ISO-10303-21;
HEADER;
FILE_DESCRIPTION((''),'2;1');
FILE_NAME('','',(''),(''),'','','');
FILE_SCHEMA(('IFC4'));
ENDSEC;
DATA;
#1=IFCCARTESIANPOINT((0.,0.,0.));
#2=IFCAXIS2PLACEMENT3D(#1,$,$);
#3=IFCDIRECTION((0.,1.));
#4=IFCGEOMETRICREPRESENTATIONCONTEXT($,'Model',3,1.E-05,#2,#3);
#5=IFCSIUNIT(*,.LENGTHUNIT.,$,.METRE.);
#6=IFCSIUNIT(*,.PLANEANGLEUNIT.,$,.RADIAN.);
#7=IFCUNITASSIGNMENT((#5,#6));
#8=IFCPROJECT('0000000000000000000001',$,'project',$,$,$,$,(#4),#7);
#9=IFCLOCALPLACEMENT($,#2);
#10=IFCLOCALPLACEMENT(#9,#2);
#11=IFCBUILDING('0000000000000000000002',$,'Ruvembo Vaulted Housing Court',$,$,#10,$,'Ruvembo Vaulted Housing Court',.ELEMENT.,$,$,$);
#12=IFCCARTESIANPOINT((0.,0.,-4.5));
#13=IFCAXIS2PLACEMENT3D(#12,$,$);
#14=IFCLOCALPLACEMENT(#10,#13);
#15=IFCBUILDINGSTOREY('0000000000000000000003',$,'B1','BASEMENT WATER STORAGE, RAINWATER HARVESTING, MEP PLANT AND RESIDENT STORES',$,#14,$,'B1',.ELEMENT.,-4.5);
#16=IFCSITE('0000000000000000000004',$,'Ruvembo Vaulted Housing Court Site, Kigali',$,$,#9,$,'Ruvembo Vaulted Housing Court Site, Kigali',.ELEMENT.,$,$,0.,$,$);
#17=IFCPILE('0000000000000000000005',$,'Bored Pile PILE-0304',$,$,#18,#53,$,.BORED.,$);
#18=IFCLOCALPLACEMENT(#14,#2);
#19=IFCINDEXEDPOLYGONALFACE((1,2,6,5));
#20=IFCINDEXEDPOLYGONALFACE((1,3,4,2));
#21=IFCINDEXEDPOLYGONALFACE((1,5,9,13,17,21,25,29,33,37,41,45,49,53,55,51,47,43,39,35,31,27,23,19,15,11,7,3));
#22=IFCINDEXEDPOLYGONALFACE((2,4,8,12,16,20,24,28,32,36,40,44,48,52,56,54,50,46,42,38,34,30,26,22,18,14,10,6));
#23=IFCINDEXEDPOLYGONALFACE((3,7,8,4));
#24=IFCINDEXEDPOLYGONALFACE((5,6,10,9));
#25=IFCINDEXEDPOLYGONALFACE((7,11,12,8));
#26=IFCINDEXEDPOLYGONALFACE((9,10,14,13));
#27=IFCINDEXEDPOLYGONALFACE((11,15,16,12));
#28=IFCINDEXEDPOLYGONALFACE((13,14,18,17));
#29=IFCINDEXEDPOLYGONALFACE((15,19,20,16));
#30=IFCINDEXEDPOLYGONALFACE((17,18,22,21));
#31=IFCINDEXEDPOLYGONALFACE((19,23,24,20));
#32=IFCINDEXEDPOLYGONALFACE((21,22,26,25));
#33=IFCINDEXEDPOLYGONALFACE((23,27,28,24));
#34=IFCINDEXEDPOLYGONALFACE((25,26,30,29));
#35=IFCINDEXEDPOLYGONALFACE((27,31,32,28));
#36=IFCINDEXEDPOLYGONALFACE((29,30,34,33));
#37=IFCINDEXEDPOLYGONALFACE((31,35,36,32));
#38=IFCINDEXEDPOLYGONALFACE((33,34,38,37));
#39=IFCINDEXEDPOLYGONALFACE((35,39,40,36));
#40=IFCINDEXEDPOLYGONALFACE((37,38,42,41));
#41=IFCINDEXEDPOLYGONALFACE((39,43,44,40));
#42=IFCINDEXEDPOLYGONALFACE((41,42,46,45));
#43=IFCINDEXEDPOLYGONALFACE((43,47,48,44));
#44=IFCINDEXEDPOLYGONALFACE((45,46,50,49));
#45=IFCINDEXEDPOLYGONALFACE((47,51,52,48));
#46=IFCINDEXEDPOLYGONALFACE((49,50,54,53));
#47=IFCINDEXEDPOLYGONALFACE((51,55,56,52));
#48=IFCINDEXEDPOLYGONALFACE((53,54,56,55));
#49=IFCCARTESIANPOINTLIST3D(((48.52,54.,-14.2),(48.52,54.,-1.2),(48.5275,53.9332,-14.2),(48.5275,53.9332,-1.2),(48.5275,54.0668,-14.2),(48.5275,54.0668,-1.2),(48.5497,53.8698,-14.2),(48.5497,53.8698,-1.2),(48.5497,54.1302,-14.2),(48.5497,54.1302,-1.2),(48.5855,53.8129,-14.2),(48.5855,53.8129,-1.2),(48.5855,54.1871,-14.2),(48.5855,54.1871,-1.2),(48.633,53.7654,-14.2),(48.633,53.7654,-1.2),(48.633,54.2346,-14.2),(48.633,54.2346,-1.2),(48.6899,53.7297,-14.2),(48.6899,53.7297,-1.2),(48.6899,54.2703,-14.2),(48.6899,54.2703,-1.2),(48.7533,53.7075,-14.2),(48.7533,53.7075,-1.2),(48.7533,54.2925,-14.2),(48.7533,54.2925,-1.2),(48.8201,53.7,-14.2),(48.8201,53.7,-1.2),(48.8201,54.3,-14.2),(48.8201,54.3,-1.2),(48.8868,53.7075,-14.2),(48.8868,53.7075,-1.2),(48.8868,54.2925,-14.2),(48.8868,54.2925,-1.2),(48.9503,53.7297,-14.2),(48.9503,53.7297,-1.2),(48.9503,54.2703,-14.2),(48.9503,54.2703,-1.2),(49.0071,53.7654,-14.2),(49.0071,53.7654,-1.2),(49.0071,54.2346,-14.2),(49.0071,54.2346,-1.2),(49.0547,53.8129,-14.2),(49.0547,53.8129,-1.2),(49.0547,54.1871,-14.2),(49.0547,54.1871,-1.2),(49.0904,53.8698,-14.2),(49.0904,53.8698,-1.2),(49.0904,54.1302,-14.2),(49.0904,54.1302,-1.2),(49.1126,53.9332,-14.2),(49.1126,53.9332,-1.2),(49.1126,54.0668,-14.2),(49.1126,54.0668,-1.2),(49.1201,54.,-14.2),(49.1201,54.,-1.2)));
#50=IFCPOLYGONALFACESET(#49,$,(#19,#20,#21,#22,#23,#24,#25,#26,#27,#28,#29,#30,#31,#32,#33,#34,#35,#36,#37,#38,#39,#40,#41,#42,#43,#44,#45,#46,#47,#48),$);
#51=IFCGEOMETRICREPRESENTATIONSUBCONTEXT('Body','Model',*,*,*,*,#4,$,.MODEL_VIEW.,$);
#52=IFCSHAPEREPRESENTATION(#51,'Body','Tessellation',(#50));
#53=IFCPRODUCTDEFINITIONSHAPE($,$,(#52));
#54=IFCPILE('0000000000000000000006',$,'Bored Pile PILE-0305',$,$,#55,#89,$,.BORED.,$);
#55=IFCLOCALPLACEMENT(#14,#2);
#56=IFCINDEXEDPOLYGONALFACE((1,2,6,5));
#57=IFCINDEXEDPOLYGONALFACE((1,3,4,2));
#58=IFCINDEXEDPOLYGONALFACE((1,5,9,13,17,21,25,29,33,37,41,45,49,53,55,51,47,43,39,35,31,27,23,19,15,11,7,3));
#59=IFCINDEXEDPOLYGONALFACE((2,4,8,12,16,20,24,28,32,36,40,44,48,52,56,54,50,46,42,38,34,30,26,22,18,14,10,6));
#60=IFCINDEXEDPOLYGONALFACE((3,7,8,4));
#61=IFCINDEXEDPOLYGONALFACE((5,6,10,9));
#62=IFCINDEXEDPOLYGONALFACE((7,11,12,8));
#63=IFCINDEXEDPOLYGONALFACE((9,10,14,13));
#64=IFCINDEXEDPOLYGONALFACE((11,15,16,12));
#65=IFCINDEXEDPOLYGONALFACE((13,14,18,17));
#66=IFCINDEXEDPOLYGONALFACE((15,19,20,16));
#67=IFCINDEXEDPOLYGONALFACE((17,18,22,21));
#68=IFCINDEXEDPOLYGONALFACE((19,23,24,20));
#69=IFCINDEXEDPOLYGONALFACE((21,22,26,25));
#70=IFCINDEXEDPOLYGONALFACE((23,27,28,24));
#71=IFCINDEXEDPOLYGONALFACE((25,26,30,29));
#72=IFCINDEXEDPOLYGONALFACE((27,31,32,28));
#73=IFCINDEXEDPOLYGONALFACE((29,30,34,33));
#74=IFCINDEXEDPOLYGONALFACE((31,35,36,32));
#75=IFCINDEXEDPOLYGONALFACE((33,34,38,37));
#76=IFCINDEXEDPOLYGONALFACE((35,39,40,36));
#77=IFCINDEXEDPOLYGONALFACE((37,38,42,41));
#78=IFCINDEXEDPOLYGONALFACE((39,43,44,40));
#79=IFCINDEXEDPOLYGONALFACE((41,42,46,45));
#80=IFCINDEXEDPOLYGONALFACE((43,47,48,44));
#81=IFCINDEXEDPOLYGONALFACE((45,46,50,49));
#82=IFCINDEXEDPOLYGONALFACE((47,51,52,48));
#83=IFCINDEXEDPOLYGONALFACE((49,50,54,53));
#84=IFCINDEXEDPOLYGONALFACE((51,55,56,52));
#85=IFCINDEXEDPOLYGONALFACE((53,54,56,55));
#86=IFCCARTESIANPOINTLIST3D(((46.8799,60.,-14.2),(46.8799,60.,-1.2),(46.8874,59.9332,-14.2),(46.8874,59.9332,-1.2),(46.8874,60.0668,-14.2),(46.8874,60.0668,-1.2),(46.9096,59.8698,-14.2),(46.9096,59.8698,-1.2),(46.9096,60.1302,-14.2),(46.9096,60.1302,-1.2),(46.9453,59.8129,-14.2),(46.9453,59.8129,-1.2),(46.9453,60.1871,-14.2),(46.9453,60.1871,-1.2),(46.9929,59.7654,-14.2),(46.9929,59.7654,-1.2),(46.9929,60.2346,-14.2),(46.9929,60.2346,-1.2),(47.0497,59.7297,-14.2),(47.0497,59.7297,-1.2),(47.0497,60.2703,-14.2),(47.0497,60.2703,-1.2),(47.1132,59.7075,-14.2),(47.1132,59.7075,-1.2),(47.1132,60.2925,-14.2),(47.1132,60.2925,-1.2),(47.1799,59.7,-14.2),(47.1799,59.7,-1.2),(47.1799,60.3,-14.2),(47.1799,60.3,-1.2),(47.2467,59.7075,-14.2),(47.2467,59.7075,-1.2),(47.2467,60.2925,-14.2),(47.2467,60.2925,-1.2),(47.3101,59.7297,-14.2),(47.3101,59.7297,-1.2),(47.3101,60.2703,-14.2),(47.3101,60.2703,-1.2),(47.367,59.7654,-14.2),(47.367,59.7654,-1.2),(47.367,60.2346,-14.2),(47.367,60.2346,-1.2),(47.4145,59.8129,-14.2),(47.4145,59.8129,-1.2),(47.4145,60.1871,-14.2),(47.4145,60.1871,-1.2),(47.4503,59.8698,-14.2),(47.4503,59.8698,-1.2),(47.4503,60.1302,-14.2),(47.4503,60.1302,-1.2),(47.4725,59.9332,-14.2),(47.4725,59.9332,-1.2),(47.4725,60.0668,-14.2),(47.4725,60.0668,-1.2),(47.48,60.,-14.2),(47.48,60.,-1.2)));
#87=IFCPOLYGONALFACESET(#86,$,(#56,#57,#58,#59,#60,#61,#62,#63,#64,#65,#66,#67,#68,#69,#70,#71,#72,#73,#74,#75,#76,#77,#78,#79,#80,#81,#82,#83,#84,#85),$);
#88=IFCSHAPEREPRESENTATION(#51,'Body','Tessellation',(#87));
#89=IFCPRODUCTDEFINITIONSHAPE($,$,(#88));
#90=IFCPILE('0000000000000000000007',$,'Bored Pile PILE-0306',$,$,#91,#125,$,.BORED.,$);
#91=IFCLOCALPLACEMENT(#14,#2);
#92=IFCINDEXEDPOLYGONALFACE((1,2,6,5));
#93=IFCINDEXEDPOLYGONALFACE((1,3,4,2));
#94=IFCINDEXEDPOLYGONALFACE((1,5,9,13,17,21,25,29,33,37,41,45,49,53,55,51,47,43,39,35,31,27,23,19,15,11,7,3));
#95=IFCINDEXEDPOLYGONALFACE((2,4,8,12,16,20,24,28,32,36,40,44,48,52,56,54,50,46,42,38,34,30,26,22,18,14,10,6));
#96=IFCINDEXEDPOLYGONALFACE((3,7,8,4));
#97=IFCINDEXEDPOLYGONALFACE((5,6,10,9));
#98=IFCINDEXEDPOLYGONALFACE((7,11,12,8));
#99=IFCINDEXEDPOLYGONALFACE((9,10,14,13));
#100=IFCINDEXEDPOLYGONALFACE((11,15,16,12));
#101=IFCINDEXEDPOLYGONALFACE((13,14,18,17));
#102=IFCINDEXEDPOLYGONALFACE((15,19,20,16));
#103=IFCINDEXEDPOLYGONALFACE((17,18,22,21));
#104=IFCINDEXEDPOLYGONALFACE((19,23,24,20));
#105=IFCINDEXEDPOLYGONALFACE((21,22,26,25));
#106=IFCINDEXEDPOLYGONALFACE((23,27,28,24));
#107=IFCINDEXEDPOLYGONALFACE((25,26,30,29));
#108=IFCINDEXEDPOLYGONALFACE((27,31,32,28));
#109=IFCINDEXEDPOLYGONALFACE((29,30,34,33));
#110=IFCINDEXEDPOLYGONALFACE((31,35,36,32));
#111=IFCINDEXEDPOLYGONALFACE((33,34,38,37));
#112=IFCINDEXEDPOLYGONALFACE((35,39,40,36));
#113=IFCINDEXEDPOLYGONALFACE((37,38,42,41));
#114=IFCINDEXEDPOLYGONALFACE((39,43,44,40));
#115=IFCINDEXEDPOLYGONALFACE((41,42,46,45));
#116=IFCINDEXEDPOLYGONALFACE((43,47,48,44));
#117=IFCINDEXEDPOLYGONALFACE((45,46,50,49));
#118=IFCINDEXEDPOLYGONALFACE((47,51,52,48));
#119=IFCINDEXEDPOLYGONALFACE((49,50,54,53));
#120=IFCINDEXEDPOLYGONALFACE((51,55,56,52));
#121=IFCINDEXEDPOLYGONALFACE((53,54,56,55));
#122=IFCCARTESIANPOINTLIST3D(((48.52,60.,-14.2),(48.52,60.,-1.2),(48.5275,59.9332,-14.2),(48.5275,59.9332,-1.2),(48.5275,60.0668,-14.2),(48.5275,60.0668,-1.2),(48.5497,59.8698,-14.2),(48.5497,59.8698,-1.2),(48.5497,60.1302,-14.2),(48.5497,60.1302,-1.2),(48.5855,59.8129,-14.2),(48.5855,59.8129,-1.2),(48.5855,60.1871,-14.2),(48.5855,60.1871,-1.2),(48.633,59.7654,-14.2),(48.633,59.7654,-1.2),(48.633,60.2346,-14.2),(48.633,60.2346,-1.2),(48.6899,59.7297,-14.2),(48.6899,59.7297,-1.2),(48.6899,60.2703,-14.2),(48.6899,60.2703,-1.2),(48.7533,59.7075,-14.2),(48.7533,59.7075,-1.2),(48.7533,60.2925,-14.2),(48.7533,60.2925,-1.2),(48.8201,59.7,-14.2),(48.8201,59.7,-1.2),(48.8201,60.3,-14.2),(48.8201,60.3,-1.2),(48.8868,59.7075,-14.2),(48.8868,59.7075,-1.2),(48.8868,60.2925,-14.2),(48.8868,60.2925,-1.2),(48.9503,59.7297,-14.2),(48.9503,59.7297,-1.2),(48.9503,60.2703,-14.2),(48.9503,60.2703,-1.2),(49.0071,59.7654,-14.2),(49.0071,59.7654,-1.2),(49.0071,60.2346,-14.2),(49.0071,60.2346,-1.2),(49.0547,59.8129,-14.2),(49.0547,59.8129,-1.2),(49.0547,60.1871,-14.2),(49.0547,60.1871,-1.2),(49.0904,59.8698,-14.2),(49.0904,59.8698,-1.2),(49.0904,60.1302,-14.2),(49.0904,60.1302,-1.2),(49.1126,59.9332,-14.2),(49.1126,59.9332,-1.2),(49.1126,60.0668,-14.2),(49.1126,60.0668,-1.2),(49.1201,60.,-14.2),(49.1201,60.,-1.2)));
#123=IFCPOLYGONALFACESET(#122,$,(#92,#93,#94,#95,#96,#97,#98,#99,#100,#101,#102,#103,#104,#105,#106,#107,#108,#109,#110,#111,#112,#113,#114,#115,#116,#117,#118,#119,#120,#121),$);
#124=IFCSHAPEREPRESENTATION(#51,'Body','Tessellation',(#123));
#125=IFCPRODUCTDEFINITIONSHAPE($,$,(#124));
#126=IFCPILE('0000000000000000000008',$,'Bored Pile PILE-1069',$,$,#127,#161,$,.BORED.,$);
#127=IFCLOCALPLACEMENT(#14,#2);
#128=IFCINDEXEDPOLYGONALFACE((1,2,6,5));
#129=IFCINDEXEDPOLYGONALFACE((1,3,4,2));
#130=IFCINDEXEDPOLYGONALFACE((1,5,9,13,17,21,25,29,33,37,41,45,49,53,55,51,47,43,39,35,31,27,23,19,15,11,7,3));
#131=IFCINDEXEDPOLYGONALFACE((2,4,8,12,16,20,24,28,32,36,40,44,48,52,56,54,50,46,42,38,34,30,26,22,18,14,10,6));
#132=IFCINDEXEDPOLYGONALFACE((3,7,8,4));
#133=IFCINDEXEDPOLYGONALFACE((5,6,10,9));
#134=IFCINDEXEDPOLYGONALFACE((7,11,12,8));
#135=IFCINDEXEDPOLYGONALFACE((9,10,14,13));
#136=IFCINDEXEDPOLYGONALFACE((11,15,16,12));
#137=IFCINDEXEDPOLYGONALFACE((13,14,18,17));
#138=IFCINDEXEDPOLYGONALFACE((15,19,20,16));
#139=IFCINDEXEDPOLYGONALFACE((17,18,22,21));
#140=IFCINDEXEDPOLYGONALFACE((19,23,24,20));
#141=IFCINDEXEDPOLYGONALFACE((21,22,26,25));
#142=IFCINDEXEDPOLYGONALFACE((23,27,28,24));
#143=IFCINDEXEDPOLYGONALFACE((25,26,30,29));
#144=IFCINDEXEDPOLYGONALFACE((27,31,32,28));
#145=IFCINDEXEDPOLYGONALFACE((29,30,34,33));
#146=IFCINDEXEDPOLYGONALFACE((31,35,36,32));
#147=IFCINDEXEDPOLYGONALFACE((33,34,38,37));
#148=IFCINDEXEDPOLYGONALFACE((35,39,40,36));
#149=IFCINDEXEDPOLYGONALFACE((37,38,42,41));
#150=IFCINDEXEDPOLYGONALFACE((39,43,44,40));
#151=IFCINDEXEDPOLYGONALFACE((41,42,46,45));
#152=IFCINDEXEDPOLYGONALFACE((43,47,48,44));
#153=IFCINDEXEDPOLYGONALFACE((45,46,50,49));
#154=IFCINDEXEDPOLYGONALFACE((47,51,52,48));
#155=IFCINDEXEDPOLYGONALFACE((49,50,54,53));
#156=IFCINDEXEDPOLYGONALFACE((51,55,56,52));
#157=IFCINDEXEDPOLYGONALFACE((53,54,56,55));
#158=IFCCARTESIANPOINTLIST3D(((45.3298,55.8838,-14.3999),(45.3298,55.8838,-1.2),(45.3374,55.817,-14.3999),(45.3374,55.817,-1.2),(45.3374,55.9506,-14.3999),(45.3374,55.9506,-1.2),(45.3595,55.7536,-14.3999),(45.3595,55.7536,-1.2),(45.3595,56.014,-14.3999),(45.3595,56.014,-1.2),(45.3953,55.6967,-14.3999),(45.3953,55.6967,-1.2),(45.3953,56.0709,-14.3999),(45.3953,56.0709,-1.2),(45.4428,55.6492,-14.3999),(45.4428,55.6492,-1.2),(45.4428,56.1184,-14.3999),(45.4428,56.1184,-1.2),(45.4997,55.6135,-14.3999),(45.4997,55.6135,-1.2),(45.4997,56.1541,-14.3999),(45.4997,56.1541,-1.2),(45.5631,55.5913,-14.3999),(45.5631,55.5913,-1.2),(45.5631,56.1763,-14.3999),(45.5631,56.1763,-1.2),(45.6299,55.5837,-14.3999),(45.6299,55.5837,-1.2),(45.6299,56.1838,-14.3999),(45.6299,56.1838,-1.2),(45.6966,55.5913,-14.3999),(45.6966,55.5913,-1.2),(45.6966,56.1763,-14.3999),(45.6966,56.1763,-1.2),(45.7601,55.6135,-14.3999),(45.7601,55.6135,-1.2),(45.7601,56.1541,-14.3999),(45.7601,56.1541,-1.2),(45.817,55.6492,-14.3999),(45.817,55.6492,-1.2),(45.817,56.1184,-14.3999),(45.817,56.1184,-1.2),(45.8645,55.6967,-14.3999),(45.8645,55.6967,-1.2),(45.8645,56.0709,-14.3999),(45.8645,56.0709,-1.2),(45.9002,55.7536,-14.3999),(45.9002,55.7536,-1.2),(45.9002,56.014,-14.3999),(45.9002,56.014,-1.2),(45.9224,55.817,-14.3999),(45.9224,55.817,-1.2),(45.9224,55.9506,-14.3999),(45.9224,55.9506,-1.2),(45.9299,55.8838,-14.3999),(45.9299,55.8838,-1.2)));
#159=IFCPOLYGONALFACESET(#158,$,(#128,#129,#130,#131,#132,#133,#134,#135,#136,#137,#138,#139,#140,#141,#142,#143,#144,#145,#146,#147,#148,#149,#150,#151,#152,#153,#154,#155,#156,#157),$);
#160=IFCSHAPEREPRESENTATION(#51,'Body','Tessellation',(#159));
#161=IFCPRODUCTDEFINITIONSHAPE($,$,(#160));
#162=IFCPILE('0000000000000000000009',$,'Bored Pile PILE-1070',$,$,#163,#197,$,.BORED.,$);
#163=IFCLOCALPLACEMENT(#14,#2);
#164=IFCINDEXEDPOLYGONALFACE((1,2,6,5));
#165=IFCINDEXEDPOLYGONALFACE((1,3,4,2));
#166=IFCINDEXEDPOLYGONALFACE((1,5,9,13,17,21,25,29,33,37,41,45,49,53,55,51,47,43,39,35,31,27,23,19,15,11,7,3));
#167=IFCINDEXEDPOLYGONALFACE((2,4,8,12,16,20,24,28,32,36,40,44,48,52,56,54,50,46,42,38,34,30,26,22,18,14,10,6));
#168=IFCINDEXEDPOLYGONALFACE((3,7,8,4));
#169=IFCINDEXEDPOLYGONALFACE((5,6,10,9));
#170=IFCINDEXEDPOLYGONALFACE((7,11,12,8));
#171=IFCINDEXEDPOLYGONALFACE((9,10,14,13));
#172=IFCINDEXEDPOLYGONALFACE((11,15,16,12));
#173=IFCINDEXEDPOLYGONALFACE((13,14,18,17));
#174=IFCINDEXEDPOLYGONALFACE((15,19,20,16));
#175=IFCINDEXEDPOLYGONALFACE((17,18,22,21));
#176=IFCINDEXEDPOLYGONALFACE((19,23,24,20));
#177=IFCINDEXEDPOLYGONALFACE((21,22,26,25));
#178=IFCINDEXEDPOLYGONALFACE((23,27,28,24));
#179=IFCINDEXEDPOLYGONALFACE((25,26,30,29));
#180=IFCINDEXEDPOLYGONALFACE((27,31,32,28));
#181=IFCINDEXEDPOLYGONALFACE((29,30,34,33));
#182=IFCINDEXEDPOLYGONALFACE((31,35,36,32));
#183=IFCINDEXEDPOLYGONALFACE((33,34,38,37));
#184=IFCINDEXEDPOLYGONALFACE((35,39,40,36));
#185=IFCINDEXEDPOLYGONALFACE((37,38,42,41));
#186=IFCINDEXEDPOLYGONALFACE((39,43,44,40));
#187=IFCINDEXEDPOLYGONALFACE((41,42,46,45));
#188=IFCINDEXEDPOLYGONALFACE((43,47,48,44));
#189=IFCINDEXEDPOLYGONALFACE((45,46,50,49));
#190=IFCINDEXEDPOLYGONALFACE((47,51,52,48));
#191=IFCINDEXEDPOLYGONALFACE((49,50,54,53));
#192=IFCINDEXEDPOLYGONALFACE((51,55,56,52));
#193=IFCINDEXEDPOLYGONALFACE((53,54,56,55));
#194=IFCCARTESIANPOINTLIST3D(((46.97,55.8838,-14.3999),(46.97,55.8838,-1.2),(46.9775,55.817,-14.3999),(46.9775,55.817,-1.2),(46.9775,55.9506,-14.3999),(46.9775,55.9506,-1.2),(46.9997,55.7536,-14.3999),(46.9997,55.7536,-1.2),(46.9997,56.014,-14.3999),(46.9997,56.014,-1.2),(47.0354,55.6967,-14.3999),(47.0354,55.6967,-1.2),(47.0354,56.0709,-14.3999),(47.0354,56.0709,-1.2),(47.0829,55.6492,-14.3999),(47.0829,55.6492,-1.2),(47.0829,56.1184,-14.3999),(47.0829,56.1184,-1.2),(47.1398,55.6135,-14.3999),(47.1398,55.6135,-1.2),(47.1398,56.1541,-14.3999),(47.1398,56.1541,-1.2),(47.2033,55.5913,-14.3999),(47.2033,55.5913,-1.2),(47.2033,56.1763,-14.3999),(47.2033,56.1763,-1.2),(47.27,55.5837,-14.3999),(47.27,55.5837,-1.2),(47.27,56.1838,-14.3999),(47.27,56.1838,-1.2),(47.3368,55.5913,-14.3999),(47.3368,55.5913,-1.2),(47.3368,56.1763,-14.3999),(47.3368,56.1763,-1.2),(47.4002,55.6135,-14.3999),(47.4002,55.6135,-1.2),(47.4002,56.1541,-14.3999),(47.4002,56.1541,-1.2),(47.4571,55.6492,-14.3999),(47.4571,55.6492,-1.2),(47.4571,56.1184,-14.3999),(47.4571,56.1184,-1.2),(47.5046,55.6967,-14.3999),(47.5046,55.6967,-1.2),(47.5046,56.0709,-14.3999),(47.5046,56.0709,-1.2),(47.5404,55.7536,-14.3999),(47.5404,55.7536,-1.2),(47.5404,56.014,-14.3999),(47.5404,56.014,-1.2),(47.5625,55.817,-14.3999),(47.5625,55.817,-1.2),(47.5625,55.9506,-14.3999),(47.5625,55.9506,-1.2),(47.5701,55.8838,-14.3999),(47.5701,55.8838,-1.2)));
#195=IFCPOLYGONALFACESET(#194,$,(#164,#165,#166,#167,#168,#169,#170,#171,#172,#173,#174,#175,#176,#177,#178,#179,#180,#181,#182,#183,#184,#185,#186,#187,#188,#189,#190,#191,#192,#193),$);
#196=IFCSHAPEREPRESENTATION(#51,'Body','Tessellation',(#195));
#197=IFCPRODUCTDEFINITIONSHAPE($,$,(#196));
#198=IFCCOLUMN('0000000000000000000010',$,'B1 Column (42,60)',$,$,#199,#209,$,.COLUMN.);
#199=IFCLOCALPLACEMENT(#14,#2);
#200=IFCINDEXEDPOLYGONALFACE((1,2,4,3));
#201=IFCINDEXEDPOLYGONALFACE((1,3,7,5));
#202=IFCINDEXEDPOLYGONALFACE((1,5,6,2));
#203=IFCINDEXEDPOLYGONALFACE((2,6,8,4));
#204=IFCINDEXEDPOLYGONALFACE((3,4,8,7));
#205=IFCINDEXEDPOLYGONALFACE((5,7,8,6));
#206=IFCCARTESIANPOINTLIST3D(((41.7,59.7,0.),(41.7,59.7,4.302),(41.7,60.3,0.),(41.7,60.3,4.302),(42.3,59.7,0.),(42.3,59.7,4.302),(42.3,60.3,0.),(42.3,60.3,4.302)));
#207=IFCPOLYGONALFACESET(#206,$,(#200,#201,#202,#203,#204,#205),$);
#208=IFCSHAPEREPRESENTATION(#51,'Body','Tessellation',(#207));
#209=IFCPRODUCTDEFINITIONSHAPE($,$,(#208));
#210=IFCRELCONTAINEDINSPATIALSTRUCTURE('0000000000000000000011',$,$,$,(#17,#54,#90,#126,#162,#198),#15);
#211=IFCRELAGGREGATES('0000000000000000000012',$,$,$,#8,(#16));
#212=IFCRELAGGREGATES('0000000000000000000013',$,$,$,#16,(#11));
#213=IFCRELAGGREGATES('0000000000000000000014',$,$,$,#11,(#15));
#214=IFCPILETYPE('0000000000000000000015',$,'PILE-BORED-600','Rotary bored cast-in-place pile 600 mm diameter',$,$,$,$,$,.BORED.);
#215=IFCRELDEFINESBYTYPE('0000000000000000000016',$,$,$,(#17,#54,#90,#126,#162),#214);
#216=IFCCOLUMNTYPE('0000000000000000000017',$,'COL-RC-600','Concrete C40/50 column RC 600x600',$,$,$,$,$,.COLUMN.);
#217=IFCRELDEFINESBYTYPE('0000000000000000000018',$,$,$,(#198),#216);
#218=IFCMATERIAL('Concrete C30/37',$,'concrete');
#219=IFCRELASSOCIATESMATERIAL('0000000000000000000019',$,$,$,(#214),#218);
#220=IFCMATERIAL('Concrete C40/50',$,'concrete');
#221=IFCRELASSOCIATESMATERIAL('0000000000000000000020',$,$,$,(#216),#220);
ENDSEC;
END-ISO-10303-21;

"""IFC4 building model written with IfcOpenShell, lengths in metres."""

from ifc_helpers import new_model, si_unit, direction, frame, origin, origin_2d, place, context, subcontext, project, spatial, rectangle, circle, extrude, material, material_profile, profile_set, type_object, element, save


model = new_model("IFC4")

# Units and contexts
model_context = context("Model", 3, precision=1e-05, world=origin(), true_north=direction((0.0, 1.0)))
body_context = subcontext(model_context, "Body", "Model", "MODEL_VIEW")
ifc_project = project(units=[si_unit("LENGTHUNIT", "METRE"), si_unit("PLANEANGLEUNIT", "RADIAN")], contexts=[model_context])

# Site, building, storey
site_placement = place(None, origin())
site = spatial("IfcSite", under=ifc_project, at=site_placement, Name="Ruvembo Vaulted Housing Court Site, Kigali", LongName="Ruvembo Vaulted Housing Court Site, Kigali", CompositionType="ELEMENT", RefElevation=0.0)
building_placement = place(site_placement, origin())
building = spatial("IfcBuilding", under=site, at=building_placement, Name="Ruvembo Vaulted Housing Court", LongName="Ruvembo Vaulted Housing Court", CompositionType="ELEMENT")
storey_placement = place(building_placement, frame((0.0, 0.0, -4.5)))
storey = spatial("IfcBuildingStorey", under=building, at=storey_placement, Name="B1", Description="BASEMENT WATER STORAGE, RAINWATER HARVESTING, MEP PLANT AND RESIDENT STORES", LongName="B1", CompositionType="ELEMENT", Elevation=-4.5)

# Piles
ifc_material_1 = material(Name="Concrete C30/37", Category="concrete")
ifc_material_profile_1 = material_profile(ifc_material_1, circle(Radius=0.3, at=origin_2d()), Name="PILE D600")
ifc_profile_set_1 = profile_set([ifc_material_profile_1], Name="Concrete C30/37")
pile_type = type_object("IfcPileType", Name="PILE-BORED-600", Description="Rotary bored cast-in-place pile 600 mm diameter", PredefinedType="BORED", material=ifc_profile_set_1)
for number, where, z_axis, x_axis, name in (
    (1, (48.8201, 54.0, -1.2), (0.0, 0.0, -1.0), (1.0, 0.0, 0.0), "Bored Pile PILE-0304"),
    (2, (47.1799, 60.0, -1.2), (0.0, 0.0, -1.0), (1.0, 0.0, 0.0), "Bored Pile PILE-0305"),
    (3, (48.8201, 60.0, -1.2), (0.0, 0.0, -1.0), (1.0, 0.0, 0.0), "Bored Pile PILE-0306"),
):
    element("IfcPile", number, at=place(storey_placement, frame(where, z_axis=z_axis, x_axis=x_axis)), inside=storey, type_object=pile_type, Name=name, PredefinedType="BORED", context=body_context, shape_type="SweptSolid", body=[
        extrude(circle(Radius=0.3, at=origin_2d()), origin(), (0.0, 0.0, 1.0), 13.0),
    ])
for number, where, z_axis, x_axis, name in (
    (4, (45.6299, 55.8838, -1.2), (0.0, 0.0, -1.0), (1.0, 0.0, 0.0), "Bored Pile PILE-1069"),
    (5, (47.27, 55.8838, -1.2), (0.0, 0.0, -1.0), (1.0, 0.0, 0.0), "Bored Pile PILE-1070"),
):
    element("IfcPile", number, at=place(storey_placement, frame(where, z_axis=z_axis, x_axis=x_axis)), inside=storey, type_object=pile_type, Name=name, PredefinedType="BORED", context=body_context, shape_type="SweptSolid", body=[
        extrude(circle(Radius=0.3, at=origin_2d()), origin(), (0.0, 0.0, 1.0), 13.2),
    ])

# Column
ifc_material_2 = material(Name="Concrete C40/50", Category="concrete")
ifc_material_profile_2 = material_profile(ifc_material_2, rectangle(XDim=0.6001, YDim=0.6001, at=origin_2d()), Name="RC 600x600")
ifc_profile_set_2 = profile_set([ifc_material_profile_2], Name="Concrete C40/50")
column_type_1 = type_object("IfcColumnType", Name="COL-RC-600", Description="Concrete C40/50 column RC 600x600", PredefinedType="COLUMN", material=ifc_profile_set_2)
for number, where, z_axis, x_axis, name in (
    (6, (42.0, 60.0, 0.0), (0.0, 0.0, 1.0), (1.0, 0.0, 0.0), "B1 Column (42,60)"),
):
    element("IfcColumn", number, at=place(storey_placement, frame(where, z_axis=z_axis, x_axis=x_axis)), inside=storey, type_object=column_type_1, Name=name, PredefinedType="COLUMN", context=body_context, shape_type="SweptSolid", body=[
        extrude(rectangle(XDim=0.6001, YDim=0.6001, at=origin_2d()), origin(), (0.0, 0.0, 1.0), 4.302),
    ])

save(model, "model.ifc")
